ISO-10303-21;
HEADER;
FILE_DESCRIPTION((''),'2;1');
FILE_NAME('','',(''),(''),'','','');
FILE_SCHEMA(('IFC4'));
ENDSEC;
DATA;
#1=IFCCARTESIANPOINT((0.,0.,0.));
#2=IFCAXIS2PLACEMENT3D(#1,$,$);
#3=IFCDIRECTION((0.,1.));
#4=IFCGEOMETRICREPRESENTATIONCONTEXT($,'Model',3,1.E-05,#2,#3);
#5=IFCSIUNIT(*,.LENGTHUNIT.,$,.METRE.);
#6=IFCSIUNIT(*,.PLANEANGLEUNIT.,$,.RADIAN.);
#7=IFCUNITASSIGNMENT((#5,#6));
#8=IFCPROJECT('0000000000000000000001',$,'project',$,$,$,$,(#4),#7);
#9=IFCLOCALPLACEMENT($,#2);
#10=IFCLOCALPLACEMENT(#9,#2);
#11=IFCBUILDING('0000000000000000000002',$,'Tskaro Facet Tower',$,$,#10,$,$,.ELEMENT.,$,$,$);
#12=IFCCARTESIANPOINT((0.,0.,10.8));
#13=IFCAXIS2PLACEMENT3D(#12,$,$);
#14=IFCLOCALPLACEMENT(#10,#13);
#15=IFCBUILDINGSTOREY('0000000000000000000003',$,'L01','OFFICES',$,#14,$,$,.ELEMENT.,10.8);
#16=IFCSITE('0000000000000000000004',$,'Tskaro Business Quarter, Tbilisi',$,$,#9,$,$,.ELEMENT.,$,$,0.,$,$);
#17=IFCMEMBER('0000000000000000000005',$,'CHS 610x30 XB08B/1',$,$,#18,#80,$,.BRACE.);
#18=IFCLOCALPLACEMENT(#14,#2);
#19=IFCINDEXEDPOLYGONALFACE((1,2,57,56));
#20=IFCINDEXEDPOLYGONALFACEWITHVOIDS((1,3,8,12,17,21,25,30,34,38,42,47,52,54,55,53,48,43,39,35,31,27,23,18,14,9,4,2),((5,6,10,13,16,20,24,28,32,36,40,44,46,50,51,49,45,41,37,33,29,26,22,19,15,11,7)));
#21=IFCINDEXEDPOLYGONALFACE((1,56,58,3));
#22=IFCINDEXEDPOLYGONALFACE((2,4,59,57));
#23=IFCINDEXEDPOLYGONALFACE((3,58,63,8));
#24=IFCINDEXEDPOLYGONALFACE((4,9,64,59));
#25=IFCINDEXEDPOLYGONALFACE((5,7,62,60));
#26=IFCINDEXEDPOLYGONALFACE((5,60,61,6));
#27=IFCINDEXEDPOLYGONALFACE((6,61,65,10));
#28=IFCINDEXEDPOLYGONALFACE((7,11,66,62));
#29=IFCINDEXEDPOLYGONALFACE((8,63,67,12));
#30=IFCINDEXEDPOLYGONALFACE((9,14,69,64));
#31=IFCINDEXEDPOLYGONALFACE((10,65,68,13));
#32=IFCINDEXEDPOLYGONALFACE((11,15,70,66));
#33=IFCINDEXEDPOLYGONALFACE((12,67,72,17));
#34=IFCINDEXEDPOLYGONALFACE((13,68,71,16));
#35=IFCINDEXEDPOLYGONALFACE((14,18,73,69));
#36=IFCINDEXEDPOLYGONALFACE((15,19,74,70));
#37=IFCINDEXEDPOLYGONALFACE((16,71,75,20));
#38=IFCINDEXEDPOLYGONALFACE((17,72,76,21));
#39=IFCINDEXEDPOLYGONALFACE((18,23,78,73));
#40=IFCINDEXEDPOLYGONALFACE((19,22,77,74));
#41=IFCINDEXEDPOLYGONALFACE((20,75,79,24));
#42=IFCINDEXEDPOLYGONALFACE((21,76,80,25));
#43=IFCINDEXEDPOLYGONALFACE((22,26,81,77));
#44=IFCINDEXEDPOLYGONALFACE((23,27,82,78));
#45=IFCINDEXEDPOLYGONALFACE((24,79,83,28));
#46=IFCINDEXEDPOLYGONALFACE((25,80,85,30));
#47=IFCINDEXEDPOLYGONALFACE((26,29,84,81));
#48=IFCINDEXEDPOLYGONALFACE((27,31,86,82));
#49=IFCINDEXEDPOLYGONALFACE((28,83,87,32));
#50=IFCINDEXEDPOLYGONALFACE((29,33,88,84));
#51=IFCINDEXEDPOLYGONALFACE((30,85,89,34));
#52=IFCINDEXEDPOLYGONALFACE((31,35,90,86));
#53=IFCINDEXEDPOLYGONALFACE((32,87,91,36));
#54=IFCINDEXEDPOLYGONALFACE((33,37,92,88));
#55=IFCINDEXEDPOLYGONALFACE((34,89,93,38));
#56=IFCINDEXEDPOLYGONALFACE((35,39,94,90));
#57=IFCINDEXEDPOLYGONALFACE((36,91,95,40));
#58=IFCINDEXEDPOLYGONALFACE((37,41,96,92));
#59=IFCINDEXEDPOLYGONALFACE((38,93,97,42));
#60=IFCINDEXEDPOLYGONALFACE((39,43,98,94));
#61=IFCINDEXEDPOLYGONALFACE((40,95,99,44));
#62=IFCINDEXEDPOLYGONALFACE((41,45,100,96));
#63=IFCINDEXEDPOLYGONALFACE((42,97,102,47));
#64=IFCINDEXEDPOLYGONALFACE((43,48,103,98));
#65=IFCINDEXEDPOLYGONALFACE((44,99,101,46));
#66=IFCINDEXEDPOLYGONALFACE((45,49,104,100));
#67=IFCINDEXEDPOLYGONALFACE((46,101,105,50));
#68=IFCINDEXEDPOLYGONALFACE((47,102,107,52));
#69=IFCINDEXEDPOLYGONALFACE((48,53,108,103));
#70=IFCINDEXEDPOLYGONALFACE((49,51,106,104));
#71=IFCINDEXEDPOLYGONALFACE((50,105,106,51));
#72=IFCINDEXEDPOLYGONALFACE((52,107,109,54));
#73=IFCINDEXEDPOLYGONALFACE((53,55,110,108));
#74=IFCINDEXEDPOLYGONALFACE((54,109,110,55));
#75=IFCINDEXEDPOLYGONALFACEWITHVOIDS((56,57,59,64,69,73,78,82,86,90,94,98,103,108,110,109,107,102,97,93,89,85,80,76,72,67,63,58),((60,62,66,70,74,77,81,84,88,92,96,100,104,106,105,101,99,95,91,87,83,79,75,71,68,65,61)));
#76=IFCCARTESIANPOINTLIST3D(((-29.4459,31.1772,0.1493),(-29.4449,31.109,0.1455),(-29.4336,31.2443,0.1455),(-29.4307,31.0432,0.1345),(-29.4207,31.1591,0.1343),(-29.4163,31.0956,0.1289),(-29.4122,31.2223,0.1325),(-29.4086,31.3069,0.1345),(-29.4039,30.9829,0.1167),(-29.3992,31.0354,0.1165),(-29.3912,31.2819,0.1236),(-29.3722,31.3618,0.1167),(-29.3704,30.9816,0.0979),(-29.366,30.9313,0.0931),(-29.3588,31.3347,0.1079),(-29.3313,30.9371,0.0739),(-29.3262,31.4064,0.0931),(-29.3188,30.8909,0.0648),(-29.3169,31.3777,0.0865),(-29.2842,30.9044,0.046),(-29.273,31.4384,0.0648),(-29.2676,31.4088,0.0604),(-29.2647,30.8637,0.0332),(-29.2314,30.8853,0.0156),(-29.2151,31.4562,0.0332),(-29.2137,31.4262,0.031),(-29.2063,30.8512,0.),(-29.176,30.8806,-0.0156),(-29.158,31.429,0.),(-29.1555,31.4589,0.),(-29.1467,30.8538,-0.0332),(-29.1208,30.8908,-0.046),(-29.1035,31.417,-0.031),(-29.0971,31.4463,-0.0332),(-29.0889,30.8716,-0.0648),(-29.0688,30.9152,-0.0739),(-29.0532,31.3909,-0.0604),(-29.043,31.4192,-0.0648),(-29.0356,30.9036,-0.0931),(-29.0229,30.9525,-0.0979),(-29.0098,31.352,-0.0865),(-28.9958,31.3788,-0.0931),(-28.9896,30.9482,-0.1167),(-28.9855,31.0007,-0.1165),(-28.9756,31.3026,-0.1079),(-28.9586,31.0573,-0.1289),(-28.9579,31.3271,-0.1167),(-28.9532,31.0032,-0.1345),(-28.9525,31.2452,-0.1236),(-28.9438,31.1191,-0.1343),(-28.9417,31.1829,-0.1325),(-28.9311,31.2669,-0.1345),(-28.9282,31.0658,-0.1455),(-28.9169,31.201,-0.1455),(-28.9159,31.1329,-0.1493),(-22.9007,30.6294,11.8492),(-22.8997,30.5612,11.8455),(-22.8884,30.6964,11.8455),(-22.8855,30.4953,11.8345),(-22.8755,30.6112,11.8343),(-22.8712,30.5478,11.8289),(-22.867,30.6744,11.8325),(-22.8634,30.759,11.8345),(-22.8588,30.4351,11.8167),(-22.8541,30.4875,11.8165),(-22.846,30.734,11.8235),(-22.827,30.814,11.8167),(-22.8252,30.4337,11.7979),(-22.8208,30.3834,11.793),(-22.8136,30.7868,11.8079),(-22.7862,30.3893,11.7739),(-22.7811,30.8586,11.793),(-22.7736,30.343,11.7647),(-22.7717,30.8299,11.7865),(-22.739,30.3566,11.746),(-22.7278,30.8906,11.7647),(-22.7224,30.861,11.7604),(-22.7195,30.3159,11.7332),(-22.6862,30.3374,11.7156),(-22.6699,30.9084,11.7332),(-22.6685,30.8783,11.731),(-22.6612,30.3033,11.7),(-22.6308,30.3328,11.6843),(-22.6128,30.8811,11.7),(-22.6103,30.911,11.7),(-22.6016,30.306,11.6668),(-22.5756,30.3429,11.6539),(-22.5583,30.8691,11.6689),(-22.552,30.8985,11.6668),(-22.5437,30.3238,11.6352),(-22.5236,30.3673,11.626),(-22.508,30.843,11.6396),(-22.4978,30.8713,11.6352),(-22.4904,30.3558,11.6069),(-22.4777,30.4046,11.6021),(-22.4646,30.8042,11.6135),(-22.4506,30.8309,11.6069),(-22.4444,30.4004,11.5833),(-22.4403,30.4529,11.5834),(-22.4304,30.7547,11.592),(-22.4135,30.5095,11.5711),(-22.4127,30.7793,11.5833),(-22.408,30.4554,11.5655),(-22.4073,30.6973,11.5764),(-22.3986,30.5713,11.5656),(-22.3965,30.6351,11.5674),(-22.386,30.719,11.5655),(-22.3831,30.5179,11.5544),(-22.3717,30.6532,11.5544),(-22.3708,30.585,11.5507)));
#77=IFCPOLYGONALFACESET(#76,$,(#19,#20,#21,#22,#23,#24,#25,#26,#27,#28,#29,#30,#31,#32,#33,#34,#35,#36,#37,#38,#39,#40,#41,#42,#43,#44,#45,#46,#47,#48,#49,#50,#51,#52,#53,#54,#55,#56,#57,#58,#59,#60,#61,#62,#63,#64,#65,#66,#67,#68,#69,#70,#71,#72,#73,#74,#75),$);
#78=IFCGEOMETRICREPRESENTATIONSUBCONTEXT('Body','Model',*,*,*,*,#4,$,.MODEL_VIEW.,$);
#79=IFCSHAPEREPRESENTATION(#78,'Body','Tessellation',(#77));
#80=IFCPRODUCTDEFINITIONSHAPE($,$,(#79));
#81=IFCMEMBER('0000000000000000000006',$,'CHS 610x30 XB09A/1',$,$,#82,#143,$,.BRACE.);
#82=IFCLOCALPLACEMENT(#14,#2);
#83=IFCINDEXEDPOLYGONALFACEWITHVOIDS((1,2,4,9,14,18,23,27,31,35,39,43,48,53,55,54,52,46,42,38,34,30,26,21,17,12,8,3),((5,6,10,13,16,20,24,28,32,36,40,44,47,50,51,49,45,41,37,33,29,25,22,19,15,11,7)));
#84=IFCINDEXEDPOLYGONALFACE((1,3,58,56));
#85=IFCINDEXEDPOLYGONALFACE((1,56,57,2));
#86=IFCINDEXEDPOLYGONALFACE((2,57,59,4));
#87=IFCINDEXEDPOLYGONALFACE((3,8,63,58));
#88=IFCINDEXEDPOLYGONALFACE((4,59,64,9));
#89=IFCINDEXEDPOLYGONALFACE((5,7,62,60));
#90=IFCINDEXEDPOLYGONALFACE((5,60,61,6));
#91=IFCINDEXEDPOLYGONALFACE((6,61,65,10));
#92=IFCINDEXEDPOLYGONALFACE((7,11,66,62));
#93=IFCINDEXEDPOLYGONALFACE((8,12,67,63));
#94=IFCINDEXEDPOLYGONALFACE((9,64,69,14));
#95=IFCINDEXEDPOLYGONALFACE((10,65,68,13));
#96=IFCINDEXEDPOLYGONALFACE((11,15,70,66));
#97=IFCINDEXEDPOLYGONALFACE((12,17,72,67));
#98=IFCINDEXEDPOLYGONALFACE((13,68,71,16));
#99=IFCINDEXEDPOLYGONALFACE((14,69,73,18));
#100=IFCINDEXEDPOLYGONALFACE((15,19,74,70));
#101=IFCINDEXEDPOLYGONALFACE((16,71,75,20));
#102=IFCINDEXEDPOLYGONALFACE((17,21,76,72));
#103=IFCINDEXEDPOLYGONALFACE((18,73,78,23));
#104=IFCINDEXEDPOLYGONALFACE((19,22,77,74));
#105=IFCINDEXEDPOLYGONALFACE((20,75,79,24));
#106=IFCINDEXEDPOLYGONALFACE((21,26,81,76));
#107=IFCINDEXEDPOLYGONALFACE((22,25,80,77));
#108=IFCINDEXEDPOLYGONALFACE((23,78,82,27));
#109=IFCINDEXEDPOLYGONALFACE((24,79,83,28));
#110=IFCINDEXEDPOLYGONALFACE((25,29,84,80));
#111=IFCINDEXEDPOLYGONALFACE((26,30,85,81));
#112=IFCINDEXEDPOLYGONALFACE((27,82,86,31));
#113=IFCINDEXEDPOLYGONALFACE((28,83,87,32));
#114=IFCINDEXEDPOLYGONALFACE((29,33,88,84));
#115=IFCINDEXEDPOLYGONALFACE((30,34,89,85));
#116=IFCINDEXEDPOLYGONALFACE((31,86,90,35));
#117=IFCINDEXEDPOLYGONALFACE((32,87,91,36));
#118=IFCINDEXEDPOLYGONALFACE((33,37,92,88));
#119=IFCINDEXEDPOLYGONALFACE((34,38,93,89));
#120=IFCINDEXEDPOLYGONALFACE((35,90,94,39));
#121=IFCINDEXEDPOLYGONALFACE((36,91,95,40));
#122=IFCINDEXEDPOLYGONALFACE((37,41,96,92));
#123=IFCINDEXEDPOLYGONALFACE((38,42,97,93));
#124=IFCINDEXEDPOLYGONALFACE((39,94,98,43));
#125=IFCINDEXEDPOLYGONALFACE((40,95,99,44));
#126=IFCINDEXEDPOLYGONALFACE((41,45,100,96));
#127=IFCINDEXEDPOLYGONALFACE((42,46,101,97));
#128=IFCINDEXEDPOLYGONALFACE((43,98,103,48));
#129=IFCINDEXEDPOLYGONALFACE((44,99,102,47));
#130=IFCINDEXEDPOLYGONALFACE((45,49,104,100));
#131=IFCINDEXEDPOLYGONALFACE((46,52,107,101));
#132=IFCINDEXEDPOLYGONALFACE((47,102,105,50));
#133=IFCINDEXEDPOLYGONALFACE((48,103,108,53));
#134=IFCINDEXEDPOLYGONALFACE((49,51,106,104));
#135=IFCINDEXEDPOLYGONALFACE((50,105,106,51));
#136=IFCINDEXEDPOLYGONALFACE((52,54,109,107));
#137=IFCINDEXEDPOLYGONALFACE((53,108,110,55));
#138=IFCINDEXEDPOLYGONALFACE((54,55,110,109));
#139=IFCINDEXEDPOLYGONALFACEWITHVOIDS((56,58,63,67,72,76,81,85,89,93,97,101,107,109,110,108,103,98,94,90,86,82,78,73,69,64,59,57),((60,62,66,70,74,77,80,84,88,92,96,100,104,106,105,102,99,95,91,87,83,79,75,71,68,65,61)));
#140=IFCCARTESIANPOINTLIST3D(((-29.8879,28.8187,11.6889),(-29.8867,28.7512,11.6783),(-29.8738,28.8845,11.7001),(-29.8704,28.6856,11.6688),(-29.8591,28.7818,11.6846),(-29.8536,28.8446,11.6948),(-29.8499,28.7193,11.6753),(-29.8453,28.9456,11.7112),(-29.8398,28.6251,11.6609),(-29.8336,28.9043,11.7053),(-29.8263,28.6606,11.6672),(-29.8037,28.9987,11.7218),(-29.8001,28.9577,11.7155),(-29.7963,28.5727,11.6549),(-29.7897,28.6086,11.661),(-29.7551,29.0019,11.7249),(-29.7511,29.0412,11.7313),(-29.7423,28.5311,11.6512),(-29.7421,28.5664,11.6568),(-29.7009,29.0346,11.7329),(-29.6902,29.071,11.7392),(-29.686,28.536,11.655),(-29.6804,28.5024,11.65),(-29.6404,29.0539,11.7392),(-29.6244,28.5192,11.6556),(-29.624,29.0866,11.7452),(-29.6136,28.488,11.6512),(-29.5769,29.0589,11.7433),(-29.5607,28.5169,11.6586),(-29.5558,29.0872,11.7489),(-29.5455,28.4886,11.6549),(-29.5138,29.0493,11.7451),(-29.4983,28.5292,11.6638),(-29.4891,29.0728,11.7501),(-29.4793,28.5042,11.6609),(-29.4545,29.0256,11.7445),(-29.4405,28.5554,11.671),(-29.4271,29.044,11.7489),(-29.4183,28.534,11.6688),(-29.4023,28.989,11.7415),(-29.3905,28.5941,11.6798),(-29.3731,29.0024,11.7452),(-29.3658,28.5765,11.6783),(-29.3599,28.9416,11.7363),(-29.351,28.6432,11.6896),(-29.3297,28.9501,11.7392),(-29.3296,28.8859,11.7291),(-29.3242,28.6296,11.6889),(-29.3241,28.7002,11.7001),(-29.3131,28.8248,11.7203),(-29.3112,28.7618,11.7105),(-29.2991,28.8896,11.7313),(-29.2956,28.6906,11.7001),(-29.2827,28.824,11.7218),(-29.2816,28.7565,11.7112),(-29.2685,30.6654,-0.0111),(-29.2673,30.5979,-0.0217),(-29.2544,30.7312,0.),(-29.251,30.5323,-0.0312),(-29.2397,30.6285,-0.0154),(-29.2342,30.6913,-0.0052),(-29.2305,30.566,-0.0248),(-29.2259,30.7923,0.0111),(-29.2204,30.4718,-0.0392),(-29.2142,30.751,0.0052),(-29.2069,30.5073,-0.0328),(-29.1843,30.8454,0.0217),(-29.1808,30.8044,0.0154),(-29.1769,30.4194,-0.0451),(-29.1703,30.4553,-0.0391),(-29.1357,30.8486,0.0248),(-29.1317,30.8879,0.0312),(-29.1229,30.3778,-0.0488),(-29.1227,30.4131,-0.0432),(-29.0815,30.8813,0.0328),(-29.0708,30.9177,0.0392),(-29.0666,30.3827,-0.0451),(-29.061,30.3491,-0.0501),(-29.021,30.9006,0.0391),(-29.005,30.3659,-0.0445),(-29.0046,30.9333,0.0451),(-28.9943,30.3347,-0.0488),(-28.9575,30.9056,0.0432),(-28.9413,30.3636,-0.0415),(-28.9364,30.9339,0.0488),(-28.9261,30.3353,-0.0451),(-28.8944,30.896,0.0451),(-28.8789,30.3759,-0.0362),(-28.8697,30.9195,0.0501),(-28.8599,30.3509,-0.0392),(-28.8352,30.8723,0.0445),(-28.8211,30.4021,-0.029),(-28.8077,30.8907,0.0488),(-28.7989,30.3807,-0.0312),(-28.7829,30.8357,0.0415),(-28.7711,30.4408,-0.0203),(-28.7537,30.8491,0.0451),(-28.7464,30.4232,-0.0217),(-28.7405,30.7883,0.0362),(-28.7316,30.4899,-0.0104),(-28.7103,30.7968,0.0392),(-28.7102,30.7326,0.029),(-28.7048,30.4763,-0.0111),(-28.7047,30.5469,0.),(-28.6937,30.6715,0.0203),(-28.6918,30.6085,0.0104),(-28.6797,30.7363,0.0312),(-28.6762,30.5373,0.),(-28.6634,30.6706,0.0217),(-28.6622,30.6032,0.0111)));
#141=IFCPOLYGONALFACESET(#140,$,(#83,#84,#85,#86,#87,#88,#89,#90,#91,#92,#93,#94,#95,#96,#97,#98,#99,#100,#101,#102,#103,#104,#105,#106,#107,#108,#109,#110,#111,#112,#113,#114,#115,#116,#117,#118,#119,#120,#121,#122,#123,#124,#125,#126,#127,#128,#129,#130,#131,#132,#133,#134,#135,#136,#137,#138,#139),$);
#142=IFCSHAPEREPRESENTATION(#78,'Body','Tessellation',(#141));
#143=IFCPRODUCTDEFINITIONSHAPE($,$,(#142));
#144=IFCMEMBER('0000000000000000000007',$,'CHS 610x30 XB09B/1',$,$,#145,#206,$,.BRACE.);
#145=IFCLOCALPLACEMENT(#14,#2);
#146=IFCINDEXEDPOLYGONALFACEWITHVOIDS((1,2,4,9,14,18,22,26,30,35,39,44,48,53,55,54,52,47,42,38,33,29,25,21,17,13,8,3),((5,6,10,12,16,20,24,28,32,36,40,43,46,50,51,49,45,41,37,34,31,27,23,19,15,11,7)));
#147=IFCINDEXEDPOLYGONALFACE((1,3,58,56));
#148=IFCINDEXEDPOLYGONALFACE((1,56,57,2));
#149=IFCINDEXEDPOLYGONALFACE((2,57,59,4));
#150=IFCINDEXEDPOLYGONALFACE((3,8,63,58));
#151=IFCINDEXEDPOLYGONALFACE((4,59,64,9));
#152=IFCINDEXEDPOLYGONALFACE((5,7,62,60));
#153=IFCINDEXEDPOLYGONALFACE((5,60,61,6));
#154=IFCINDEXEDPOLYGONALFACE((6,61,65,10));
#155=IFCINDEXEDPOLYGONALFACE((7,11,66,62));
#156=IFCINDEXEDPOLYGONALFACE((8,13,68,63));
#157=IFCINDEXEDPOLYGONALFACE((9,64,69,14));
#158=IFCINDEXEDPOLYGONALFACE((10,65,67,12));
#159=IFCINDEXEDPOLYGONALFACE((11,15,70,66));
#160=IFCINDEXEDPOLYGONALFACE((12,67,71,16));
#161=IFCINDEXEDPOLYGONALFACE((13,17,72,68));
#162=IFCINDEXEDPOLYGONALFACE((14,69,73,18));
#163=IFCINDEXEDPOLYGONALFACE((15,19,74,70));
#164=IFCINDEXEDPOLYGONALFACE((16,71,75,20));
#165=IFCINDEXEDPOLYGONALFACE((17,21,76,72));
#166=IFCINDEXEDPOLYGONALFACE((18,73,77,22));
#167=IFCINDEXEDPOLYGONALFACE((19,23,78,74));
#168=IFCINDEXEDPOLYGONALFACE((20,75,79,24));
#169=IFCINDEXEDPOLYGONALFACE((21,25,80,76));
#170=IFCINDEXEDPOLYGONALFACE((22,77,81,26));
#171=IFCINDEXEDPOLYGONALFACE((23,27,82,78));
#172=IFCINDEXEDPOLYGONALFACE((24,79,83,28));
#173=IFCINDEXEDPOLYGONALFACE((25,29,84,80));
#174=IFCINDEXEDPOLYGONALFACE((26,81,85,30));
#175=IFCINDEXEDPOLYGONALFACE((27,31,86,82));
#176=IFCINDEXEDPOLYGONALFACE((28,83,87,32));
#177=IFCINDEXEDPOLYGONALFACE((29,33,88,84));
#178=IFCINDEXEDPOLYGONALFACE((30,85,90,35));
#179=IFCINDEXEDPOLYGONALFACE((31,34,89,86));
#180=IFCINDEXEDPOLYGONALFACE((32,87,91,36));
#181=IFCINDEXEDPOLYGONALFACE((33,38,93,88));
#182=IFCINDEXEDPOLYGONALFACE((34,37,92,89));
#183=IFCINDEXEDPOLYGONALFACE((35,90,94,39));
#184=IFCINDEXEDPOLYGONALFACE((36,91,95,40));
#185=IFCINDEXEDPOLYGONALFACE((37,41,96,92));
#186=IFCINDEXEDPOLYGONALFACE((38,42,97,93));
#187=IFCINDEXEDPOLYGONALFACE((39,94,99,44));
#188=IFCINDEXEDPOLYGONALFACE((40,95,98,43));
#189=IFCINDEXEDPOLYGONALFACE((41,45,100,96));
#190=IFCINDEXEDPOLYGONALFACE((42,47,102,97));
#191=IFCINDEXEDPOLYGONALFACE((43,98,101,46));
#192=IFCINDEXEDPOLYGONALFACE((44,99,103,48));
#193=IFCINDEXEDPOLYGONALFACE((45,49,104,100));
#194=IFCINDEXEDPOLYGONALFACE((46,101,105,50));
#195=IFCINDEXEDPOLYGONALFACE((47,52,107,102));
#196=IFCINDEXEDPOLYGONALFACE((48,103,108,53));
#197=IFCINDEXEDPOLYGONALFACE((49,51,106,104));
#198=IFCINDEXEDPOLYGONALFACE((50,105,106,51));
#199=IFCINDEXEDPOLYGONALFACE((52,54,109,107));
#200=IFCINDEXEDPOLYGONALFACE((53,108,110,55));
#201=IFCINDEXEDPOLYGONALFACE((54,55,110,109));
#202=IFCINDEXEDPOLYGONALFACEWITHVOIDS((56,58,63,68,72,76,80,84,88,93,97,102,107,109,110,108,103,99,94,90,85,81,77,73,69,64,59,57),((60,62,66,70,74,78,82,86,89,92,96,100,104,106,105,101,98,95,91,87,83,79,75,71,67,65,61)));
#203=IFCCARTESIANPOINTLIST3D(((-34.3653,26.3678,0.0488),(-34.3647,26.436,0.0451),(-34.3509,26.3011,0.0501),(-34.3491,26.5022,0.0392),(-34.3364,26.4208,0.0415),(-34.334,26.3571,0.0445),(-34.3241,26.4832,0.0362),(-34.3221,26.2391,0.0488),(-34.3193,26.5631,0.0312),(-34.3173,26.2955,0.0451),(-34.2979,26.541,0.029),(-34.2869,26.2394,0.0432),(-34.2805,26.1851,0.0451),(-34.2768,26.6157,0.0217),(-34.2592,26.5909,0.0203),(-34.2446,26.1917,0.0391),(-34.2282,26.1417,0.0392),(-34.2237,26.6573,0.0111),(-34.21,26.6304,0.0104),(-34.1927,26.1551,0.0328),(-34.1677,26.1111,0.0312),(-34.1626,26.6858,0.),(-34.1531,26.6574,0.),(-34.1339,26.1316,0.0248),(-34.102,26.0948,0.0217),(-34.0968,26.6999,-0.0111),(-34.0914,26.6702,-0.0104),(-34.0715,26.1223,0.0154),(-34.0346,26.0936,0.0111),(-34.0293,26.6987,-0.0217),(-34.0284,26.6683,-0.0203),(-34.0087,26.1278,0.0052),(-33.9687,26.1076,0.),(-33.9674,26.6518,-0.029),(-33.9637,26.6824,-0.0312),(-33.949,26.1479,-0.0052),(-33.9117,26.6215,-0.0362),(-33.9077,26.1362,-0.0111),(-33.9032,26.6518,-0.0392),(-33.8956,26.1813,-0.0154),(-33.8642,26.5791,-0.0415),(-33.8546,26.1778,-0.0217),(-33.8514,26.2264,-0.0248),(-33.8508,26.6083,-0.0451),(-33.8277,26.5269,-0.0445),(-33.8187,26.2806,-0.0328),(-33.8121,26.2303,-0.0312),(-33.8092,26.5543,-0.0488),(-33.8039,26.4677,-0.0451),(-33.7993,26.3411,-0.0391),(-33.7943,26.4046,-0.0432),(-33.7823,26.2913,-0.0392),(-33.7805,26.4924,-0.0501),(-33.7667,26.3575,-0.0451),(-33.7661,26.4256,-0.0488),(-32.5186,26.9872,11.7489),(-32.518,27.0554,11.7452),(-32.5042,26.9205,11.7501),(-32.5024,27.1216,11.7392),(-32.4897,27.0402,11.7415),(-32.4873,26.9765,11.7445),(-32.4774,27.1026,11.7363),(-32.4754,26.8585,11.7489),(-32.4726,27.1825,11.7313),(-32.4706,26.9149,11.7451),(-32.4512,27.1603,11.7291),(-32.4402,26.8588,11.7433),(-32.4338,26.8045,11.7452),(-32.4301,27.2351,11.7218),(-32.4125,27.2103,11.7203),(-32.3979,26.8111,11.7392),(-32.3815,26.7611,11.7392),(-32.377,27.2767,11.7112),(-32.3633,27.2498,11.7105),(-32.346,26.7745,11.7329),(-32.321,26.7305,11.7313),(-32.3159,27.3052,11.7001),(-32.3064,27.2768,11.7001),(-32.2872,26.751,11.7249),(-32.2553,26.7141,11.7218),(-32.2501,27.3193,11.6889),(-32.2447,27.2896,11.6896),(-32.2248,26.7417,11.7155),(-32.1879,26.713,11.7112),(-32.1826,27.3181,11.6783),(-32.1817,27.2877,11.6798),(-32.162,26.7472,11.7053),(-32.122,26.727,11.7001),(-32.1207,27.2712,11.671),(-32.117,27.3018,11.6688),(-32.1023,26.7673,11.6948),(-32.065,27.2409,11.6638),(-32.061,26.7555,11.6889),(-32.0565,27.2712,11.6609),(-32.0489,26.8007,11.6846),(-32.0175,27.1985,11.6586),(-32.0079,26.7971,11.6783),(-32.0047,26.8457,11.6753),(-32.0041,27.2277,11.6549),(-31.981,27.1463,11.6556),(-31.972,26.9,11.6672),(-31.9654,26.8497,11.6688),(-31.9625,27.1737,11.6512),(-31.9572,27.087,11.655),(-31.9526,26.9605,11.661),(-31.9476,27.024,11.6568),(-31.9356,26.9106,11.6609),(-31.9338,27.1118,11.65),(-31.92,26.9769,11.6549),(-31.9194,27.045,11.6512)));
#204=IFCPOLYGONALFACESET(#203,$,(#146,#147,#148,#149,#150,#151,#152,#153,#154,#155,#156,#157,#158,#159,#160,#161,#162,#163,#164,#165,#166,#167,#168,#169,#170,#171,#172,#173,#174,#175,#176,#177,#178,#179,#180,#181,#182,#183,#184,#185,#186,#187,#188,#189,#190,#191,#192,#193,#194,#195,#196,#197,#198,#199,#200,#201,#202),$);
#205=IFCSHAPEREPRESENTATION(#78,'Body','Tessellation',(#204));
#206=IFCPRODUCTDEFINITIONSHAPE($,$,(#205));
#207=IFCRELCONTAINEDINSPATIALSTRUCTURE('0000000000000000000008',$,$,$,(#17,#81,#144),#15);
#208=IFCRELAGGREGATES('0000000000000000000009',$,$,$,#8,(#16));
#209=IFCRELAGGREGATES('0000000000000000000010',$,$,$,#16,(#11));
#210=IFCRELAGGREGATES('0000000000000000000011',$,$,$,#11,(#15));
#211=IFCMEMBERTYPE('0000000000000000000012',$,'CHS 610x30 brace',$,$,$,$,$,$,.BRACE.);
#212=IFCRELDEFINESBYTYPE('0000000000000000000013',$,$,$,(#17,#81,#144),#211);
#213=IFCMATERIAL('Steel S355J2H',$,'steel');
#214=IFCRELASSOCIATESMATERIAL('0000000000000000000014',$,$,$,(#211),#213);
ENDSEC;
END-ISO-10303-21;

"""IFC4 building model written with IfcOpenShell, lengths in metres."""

from ifc_helpers import new_model, si_unit, direction, frame, origin, origin_2d, place, context, subcontext, project, spatial, hollow_circle, extrude, material, material_profile, profile_set, type_object, element, save


model = new_model("IFC4")

# Units and contexts
model_context = context("Model", 3, precision=1e-05, world=origin(), true_north=direction((0.0, 1.0)))
body_context = subcontext(model_context, "Body", "Model", "MODEL_VIEW")
ifc_project = project(units=[si_unit("LENGTHUNIT", "METRE"), si_unit("PLANEANGLEUNIT", "RADIAN")], contexts=[model_context])

# Site, building, storey
site_placement = place(None, origin())
site = spatial("IfcSite", under=ifc_project, at=site_placement, Name="Tskaro Business Quarter, Tbilisi", CompositionType="ELEMENT", RefElevation=0.0)
building_placement = place(site_placement, origin())
building = spatial("IfcBuilding", under=site, at=building_placement, Name="Tskaro Facet Tower", CompositionType="ELEMENT")
storey_placement = place(building_placement, frame((0.0, 0.0, 10.8)))
storey = spatial("IfcBuildingStorey", under=building, at=storey_placement, Name="L01", Description="OFFICES", CompositionType="ELEMENT", Elevation=10.8)

# Shared definitions
ifc_material_1 = material(Name="Steel S355J2H", Category="steel")

# Members
ifc_material_profile_1 = material_profile(ifc_material_1, hollow_circle(Radius=0.3049, WallThickness=0.03, at=origin_2d()), Name="CHS 610x30")
ifc_profile_set_1 = profile_set([ifc_material_profile_1], Name="Steel S355J2H")
member_type_1 = type_object("IfcMemberType", Name="CHS 610x30 brace", PredefinedType="BRACE", material=ifc_profile_set_1)
member_1_placement = place(storey_placement, frame((-29.1809, 31.155, 0.0), z_axis=(0.48781, -0.040831, 0.871995), x_axis=(0.083412, 0.996515, 0.0)))
element("IfcMember", 1, at=member_1_placement, inside=storey, type_object=member_type_1, Name="CHS 610x30 XB08B/1", PredefinedType="BRACE", context=body_context, shape_type="SweptSolid", body=[
    extrude(hollow_circle(Radius=0.3049, WallThickness=0.03, at=origin_2d()), origin(), (0.0, 0.0, 1.0), 13.4175),
])
for number, where, z_axis, x_axis, name in (
    (2, (-28.9653, 30.6343, 0.0), (-0.05222, -0.155694, 0.986424), (0.948093, -0.317995, 0.0), "CHS 610x30 XB09A/1"),
    (3, (-34.0657, 26.3967, 0.0), (0.155694, 0.05222, 0.986424), (-0.317995, 0.948093, 0.0), "CHS 610x30 XB09B/1"),
):
    element("IfcMember", number, at=place(storey_placement, frame(where, z_axis=z_axis, x_axis=x_axis)), inside=storey, type_object=member_type_1, Name=name, PredefinedType="BRACE", context=body_context, shape_type="SweptSolid", body=[
        extrude(hollow_circle(Radius=0.3049, WallThickness=0.03, at=origin_2d()), origin(), (0.0, 0.0, 1.0), 11.8611),
    ])

save(model, "model.ifc")
